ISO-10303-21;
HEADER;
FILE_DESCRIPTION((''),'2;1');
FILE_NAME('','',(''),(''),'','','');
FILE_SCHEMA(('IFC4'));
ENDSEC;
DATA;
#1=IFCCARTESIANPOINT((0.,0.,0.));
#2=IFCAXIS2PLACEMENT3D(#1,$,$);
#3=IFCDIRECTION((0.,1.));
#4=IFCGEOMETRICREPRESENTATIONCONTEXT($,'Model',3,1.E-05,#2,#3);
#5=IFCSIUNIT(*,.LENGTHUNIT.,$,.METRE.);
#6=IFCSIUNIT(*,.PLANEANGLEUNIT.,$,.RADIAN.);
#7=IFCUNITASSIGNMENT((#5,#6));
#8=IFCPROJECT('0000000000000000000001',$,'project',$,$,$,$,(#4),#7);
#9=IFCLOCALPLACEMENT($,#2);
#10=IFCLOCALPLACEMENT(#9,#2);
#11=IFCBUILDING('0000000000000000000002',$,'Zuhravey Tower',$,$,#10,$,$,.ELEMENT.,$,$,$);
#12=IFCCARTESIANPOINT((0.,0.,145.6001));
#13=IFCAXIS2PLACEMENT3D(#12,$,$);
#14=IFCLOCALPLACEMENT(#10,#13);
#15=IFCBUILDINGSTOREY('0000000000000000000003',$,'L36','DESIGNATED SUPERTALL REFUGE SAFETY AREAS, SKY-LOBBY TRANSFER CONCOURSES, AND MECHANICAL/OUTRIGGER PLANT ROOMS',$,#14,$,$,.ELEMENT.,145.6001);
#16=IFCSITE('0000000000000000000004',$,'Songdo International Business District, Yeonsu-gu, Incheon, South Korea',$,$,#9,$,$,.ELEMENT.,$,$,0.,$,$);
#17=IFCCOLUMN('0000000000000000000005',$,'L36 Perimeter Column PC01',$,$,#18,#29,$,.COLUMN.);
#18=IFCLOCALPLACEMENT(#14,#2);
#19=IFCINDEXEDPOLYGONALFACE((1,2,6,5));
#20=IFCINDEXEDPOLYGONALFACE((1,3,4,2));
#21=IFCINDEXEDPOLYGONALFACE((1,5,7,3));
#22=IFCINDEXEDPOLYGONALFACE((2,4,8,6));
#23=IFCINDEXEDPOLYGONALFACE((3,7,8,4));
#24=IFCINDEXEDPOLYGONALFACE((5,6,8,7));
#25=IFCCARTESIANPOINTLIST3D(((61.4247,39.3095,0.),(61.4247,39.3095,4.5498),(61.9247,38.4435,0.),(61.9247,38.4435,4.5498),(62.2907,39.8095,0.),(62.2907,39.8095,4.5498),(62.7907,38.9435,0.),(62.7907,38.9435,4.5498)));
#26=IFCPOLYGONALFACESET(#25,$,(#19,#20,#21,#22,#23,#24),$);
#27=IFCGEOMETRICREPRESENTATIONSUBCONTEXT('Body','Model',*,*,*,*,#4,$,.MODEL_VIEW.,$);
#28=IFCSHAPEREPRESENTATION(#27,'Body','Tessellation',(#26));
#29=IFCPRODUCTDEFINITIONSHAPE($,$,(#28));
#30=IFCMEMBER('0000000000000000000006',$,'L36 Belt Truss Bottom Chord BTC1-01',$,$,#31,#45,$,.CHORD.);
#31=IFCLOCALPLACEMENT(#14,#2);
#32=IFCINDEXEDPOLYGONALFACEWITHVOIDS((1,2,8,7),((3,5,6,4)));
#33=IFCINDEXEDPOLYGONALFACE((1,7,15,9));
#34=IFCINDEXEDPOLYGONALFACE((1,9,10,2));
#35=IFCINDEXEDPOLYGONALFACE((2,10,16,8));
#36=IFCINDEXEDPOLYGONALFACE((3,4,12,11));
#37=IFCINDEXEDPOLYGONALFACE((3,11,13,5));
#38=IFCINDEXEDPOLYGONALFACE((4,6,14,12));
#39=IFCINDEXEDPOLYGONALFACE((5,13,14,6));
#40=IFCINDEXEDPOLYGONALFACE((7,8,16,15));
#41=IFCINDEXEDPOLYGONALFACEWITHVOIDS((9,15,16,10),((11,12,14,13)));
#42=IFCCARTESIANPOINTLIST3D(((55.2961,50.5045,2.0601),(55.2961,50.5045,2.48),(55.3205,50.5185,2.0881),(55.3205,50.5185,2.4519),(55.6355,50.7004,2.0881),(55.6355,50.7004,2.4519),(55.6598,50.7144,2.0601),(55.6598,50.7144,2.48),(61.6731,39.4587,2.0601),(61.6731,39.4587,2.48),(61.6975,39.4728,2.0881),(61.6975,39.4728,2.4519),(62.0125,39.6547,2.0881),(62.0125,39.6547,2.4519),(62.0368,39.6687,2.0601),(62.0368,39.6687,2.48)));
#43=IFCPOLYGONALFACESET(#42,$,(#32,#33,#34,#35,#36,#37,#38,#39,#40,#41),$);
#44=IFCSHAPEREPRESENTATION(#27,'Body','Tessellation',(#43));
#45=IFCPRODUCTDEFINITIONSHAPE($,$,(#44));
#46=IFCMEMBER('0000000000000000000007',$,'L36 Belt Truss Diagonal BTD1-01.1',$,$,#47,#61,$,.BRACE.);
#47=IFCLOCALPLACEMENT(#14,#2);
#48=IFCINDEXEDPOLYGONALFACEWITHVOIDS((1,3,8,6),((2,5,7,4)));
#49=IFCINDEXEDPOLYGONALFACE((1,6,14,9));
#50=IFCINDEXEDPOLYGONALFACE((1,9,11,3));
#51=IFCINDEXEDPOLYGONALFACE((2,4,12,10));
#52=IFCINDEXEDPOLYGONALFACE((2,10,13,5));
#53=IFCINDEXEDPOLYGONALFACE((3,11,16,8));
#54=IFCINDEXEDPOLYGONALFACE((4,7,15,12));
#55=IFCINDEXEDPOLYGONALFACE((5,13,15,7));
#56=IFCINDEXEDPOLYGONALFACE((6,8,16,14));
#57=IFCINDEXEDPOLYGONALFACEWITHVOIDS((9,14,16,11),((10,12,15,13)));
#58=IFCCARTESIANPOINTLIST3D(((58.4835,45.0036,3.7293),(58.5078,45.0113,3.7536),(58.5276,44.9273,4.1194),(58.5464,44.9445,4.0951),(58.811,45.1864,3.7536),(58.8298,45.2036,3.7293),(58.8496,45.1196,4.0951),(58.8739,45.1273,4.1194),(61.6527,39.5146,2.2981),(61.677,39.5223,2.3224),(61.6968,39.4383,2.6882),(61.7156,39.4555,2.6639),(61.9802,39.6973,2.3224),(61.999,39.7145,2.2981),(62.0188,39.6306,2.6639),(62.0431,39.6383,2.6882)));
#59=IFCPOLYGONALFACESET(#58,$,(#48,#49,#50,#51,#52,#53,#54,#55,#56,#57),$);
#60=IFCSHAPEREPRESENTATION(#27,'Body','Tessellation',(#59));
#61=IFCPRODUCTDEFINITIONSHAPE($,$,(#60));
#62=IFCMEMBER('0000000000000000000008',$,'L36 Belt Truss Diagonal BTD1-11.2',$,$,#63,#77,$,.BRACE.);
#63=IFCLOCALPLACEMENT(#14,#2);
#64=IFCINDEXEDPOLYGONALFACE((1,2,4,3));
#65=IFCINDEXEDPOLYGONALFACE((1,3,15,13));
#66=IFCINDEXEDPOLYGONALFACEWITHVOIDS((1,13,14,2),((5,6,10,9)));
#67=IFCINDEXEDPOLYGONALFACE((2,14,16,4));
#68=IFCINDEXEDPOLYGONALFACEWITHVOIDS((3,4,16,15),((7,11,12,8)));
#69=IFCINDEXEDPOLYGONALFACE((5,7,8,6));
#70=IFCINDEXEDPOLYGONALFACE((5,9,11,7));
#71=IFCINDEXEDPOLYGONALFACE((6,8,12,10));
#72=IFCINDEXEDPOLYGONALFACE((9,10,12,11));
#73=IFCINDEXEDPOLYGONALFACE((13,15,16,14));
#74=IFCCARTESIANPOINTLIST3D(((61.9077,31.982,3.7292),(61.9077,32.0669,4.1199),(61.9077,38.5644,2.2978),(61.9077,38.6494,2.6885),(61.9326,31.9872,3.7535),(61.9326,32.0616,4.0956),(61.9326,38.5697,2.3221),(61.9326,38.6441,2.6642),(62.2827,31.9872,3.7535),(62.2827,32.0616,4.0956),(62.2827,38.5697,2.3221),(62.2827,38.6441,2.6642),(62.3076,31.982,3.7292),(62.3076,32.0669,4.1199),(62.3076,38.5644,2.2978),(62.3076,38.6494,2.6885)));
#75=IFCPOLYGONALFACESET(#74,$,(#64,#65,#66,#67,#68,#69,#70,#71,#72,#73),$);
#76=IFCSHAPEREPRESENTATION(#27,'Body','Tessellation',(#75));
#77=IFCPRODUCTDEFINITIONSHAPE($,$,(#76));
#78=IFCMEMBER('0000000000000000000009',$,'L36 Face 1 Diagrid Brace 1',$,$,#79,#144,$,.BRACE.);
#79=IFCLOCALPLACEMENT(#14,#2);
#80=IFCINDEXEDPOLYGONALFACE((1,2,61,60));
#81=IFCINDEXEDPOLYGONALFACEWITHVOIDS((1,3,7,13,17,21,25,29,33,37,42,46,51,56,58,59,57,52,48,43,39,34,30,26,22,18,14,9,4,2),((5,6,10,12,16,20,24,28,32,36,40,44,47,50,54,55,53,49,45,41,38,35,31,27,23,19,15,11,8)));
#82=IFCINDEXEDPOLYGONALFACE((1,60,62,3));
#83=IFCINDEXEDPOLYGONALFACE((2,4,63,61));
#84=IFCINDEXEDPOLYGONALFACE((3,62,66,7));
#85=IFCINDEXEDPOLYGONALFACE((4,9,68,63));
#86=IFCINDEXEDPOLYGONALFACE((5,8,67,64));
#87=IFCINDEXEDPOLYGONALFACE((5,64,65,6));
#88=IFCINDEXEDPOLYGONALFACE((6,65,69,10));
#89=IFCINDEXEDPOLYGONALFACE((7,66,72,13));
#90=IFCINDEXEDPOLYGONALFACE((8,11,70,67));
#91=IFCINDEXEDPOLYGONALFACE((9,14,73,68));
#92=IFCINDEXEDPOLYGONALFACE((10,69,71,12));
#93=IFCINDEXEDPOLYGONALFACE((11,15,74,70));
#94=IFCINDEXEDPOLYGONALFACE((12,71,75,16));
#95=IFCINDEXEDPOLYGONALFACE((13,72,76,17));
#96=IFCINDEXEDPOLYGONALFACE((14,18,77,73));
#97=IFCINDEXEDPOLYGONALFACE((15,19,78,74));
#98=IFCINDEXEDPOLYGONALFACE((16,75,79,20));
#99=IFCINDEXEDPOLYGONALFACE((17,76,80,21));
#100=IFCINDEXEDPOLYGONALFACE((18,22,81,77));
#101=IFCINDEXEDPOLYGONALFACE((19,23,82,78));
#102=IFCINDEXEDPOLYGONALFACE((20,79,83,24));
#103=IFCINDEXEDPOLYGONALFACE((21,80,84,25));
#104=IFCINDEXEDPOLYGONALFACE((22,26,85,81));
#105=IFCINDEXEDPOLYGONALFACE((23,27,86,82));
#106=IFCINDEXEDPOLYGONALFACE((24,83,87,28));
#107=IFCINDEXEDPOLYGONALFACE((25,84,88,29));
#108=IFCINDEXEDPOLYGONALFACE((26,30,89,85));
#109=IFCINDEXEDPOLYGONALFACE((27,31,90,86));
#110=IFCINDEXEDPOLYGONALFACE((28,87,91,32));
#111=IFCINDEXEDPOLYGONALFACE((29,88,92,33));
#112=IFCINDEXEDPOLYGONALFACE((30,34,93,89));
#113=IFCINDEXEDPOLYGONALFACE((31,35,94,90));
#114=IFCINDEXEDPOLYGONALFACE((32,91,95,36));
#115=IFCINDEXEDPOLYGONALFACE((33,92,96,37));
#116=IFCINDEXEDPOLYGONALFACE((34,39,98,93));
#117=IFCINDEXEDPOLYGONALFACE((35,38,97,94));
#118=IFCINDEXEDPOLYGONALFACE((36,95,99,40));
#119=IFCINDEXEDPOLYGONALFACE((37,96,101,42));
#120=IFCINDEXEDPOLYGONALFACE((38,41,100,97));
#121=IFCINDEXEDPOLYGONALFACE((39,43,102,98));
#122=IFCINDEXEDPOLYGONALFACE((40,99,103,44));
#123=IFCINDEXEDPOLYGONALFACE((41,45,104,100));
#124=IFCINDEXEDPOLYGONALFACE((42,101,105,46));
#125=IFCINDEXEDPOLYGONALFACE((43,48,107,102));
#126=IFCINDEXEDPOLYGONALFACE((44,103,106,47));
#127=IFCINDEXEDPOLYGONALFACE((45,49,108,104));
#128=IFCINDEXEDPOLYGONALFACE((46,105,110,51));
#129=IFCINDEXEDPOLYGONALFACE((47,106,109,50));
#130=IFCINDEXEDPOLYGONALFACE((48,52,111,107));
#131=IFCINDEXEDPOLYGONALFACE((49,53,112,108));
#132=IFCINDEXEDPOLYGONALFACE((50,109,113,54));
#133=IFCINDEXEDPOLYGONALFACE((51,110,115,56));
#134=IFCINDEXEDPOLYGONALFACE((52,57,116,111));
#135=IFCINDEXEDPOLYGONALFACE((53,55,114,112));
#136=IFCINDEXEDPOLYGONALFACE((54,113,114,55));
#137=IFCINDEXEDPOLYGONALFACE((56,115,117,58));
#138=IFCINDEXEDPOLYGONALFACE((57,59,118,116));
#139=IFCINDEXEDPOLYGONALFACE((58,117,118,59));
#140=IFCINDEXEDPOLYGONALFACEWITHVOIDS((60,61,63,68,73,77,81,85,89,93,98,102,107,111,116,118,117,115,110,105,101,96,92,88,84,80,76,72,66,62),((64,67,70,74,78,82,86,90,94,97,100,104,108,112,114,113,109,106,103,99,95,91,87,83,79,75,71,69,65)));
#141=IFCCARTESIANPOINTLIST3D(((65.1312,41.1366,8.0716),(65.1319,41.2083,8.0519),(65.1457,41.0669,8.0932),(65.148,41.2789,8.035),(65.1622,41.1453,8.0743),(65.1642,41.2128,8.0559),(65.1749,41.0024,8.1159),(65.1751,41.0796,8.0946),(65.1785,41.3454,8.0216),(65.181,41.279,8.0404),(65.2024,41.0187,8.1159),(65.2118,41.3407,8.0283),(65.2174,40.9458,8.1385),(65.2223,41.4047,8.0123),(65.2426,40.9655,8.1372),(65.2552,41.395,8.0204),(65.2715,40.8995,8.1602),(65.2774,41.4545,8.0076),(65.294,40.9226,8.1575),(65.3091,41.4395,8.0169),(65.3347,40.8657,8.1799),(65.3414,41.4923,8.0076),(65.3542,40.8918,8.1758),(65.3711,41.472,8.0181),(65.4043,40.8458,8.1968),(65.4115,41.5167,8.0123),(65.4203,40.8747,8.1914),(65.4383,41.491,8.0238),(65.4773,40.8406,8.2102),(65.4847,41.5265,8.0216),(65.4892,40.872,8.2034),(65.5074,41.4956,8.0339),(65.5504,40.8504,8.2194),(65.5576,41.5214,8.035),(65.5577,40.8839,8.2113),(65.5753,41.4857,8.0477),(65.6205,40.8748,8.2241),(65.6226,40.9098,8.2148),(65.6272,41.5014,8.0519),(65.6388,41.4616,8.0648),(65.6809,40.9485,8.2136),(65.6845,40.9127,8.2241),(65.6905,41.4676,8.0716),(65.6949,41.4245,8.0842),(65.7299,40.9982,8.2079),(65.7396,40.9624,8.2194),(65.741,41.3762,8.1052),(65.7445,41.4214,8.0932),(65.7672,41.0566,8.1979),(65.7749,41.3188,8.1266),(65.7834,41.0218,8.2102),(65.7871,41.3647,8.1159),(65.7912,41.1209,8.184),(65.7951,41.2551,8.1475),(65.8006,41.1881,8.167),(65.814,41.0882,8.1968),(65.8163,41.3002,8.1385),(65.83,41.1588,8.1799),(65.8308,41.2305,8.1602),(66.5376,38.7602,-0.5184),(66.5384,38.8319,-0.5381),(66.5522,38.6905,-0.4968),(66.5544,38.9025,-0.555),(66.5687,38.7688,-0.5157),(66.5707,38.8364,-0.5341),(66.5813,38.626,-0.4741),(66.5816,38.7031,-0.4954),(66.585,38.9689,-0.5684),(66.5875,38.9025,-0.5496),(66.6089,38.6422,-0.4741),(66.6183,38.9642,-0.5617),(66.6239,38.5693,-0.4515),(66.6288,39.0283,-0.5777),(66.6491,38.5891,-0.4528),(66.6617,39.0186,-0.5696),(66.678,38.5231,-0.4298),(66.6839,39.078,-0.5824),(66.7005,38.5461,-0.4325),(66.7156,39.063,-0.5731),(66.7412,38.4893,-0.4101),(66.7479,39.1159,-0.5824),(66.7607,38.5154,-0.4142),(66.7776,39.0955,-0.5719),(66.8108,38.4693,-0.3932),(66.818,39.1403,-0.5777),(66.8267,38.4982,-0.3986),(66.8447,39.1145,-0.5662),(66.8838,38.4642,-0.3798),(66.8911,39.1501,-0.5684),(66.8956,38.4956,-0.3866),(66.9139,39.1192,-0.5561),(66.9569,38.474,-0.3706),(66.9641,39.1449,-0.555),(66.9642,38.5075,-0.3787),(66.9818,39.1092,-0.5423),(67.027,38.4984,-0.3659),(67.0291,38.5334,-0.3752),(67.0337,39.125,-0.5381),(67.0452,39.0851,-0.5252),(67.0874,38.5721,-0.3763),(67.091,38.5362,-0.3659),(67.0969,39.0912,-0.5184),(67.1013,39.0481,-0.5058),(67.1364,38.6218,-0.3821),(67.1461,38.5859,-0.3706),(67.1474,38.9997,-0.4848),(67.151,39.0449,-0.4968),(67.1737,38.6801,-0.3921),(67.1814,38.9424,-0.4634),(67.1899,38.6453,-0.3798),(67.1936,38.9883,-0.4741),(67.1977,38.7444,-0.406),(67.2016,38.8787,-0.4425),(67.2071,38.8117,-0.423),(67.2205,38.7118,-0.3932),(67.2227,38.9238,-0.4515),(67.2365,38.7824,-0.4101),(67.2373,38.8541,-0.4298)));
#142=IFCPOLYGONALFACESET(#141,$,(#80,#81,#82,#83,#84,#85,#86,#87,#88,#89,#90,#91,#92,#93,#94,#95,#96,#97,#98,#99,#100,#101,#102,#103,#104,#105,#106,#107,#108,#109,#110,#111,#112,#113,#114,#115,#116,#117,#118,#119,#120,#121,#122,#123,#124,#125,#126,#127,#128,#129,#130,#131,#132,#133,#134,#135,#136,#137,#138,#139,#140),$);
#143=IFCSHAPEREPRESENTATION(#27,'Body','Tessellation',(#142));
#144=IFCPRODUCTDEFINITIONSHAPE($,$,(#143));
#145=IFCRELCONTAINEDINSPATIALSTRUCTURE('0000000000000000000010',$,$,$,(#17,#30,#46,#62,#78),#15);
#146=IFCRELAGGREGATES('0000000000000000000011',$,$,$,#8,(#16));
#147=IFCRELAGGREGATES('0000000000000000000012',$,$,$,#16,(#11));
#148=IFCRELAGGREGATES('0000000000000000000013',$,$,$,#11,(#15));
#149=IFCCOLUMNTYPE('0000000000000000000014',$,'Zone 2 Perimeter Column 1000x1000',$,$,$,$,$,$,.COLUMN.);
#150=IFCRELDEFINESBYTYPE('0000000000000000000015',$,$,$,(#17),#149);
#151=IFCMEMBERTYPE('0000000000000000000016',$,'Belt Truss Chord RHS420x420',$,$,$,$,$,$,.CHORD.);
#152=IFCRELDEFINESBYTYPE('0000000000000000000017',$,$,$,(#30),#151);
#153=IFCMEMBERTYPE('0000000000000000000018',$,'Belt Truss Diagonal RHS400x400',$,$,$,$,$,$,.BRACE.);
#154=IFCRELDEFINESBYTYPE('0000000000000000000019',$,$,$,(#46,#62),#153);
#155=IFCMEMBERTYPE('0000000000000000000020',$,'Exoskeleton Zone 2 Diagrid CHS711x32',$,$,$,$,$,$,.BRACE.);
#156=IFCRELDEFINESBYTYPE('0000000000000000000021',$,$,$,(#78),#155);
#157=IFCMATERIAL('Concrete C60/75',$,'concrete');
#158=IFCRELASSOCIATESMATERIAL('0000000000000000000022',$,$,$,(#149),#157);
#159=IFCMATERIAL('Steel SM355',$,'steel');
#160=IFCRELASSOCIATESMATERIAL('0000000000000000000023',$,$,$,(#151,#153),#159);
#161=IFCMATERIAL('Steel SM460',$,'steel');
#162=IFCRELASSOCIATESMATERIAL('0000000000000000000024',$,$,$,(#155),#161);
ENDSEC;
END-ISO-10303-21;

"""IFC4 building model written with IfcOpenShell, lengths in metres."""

from ifc_helpers import new_model, si_unit, direction, frame, origin, origin_2d, place, context, subcontext, project, spatial, rectangle, hollow_rectangle, hollow_circle, extrude, material, material_profile, profile_set, type_object, element, save


model = new_model("IFC4")

# Units and contexts
model_context = context("Model", 3, precision=1e-05, world=origin(), true_north=direction((0.0, 1.0)))
body_context = subcontext(model_context, "Body", "Model", "MODEL_VIEW")
ifc_project = project(units=[si_unit("LENGTHUNIT", "METRE"), si_unit("PLANEANGLEUNIT", "RADIAN")], contexts=[model_context])

# Site, building, storey
site_placement = place(None, origin())
site = spatial("IfcSite", under=ifc_project, at=site_placement, Name="Songdo International Business District, Yeonsu-gu, Incheon, South Korea", CompositionType="ELEMENT", RefElevation=0.0)
building_placement = place(site_placement, origin())
building = spatial("IfcBuilding", under=site, at=building_placement, Name="Zuhravey Tower", CompositionType="ELEMENT")
storey_placement = place(building_placement, frame((0.0, 0.0, 145.6001)))
storey = spatial("IfcBuildingStorey", under=building, at=storey_placement, Name="L36", Description="DESIGNATED SUPERTALL REFUGE SAFETY AREAS, SKY-LOBBY TRANSFER CONCOURSES, AND MECHANICAL/OUTRIGGER PLANT ROOMS", CompositionType="ELEMENT", Elevation=145.6001)

# Column
ifc_material_1 = material(Name="Concrete C60/75", Category="concrete")
ifc_material_profile_1 = material_profile(ifc_material_1, rectangle(XDim=1.0, YDim=1.0, at=origin_2d()), Name="RC-1000x1000")
ifc_profile_set_1 = profile_set([ifc_material_profile_1], Name="Concrete C60/75")
column_type = type_object("IfcColumnType", Name="Zone 2 Perimeter Column 1000x1000", PredefinedType="COLUMN", material=ifc_profile_set_1)
column_placement = place(storey_placement, frame((62.1077, 39.1265, 0.0), z_axis=(0.0, 0.0, 1.0), x_axis=(-0.5, 0.866025, 0.0)))
element("IfcColumn", 1, at=column_placement, inside=storey, type_object=column_type, Name="L36 Perimeter Column PC01", PredefinedType="COLUMN", context=body_context, shape_type="SweptSolid", body=[
    extrude(rectangle(XDim=1.0, YDim=1.0, at=origin_2d()), origin(), (0.0, 0.0, 1.0), 4.5498),
])

# Members
ifc_material_2 = material(Name="Steel SM355", Category="steel")
ifc_material_profile_2 = material_profile(ifc_material_2, hollow_rectangle(XDim=0.4199, YDim=0.4199, WallThickness=0.0281, at=origin_2d()), Name="RHS-420x420x28")
ifc_profile_set_2 = profile_set([ifc_material_profile_2], Name="Steel SM355")
member_type_1 = type_object("IfcMemberType", Name="Belt Truss Chord RHS420x420", PredefinedType="CHORD", material=ifc_profile_set_2)
member_1_placement = place(storey_placement, frame((61.855, 39.5637, 2.27), z_axis=(-0.499985, 0.866034, 0.0), x_axis=(-0.866034, -0.499985, 0.0)))
element("IfcMember", 2, at=member_1_placement, inside=storey, type_object=member_type_1, Name="L36 Belt Truss Bottom Chord BTC1-01", PredefinedType="CHORD", context=body_context, shape_type="SweptSolid", body=[
    extrude(hollow_rectangle(XDim=0.4199, YDim=0.4199, WallThickness=0.0281, at=origin_2d()), origin(), (0.0, 0.0, 1.0), 12.7544),
])
ifc_material_profile_3 = material_profile(ifc_material_2, hollow_rectangle(XDim=0.3999, YDim=0.3999, WallThickness=0.0249, at=origin_2d()), Name="RHS-400x400x25")
ifc_profile_set_3 = profile_set([ifc_material_profile_3], Name="Steel SM355")
member_type_2 = type_object("IfcMemberType", Name="Belt Truss Diagonal RHS400x400", PredefinedType="BRACE", material=ifc_profile_set_3)
member_2_placement = place(storey_placement, frame((61.8479, 39.5764, 2.4932), z_axis=(-0.487734, 0.844751, 0.220252), x_axis=(-0.866018, -0.500013, 0.0)))
element("IfcMember", 3, at=member_2_placement, inside=storey, type_object=member_type_2, Name="L36 Belt Truss Diagonal BTD1-01.1", PredefinedType="BRACE", context=body_context, shape_type="SweptSolid", body=[
    extrude(hollow_rectangle(XDim=0.3999, YDim=0.3999, WallThickness=0.0249, at=origin_2d()), origin(), (0.0, 0.0, 1.0), 6.4978),
])
member_3_placement = place(storey_placement, frame((62.1077, 38.6069, 2.4932), z_axis=(0.0, -0.977164, 0.212488), x_axis=(1.0, 0.0, 0.0)))
element("IfcMember", 4, at=member_3_placement, inside=storey, type_object=member_type_2, Name="L36 Belt Truss Diagonal BTD1-11.2", PredefinedType="BRACE", context=body_context, shape_type="SweptSolid", body=[
    extrude(hollow_rectangle(XDim=0.3999, YDim=0.3999, WallThickness=0.0249, at=origin_2d()), origin(), (0.0, 0.0, 1.0), 6.7363),
])
ifc_material_3 = material(Name="Steel SM460", Category="steel")
ifc_material_profile_4 = material_profile(ifc_material_3, hollow_circle(Radius=0.3557, WallThickness=0.032, at=origin_2d()), Name="CHS-711.2x32")
ifc_profile_set_4 = profile_set([ifc_material_profile_4], Name="Steel SM460")
member_type_3 = type_object("IfcMemberType", Name="Exoskeleton Zone 2 Diagrid CHS711x32", PredefinedType="BRACE", material=ifc_profile_set_4)
member_4_placement = place(storey_placement, frame((66.8875, 38.8071, -0.4741), z_axis=(-0.155878, 0.263377, 0.952016), x_axis=(-0.860574, -0.509325, 0.0)))
element("IfcMember", 5, at=member_4_placement, inside=storey, type_object=member_type_3, Name="L36 Face 1 Diagrid Brace 1", PredefinedType="BRACE", context=body_context, shape_type="SweptSolid", body=[
    extrude(hollow_circle(Radius=0.3557, WallThickness=0.032, at=origin_2d()), origin(), (0.0, 0.0, 1.0), 9.0229),
])

save(model, "model.ifc")
